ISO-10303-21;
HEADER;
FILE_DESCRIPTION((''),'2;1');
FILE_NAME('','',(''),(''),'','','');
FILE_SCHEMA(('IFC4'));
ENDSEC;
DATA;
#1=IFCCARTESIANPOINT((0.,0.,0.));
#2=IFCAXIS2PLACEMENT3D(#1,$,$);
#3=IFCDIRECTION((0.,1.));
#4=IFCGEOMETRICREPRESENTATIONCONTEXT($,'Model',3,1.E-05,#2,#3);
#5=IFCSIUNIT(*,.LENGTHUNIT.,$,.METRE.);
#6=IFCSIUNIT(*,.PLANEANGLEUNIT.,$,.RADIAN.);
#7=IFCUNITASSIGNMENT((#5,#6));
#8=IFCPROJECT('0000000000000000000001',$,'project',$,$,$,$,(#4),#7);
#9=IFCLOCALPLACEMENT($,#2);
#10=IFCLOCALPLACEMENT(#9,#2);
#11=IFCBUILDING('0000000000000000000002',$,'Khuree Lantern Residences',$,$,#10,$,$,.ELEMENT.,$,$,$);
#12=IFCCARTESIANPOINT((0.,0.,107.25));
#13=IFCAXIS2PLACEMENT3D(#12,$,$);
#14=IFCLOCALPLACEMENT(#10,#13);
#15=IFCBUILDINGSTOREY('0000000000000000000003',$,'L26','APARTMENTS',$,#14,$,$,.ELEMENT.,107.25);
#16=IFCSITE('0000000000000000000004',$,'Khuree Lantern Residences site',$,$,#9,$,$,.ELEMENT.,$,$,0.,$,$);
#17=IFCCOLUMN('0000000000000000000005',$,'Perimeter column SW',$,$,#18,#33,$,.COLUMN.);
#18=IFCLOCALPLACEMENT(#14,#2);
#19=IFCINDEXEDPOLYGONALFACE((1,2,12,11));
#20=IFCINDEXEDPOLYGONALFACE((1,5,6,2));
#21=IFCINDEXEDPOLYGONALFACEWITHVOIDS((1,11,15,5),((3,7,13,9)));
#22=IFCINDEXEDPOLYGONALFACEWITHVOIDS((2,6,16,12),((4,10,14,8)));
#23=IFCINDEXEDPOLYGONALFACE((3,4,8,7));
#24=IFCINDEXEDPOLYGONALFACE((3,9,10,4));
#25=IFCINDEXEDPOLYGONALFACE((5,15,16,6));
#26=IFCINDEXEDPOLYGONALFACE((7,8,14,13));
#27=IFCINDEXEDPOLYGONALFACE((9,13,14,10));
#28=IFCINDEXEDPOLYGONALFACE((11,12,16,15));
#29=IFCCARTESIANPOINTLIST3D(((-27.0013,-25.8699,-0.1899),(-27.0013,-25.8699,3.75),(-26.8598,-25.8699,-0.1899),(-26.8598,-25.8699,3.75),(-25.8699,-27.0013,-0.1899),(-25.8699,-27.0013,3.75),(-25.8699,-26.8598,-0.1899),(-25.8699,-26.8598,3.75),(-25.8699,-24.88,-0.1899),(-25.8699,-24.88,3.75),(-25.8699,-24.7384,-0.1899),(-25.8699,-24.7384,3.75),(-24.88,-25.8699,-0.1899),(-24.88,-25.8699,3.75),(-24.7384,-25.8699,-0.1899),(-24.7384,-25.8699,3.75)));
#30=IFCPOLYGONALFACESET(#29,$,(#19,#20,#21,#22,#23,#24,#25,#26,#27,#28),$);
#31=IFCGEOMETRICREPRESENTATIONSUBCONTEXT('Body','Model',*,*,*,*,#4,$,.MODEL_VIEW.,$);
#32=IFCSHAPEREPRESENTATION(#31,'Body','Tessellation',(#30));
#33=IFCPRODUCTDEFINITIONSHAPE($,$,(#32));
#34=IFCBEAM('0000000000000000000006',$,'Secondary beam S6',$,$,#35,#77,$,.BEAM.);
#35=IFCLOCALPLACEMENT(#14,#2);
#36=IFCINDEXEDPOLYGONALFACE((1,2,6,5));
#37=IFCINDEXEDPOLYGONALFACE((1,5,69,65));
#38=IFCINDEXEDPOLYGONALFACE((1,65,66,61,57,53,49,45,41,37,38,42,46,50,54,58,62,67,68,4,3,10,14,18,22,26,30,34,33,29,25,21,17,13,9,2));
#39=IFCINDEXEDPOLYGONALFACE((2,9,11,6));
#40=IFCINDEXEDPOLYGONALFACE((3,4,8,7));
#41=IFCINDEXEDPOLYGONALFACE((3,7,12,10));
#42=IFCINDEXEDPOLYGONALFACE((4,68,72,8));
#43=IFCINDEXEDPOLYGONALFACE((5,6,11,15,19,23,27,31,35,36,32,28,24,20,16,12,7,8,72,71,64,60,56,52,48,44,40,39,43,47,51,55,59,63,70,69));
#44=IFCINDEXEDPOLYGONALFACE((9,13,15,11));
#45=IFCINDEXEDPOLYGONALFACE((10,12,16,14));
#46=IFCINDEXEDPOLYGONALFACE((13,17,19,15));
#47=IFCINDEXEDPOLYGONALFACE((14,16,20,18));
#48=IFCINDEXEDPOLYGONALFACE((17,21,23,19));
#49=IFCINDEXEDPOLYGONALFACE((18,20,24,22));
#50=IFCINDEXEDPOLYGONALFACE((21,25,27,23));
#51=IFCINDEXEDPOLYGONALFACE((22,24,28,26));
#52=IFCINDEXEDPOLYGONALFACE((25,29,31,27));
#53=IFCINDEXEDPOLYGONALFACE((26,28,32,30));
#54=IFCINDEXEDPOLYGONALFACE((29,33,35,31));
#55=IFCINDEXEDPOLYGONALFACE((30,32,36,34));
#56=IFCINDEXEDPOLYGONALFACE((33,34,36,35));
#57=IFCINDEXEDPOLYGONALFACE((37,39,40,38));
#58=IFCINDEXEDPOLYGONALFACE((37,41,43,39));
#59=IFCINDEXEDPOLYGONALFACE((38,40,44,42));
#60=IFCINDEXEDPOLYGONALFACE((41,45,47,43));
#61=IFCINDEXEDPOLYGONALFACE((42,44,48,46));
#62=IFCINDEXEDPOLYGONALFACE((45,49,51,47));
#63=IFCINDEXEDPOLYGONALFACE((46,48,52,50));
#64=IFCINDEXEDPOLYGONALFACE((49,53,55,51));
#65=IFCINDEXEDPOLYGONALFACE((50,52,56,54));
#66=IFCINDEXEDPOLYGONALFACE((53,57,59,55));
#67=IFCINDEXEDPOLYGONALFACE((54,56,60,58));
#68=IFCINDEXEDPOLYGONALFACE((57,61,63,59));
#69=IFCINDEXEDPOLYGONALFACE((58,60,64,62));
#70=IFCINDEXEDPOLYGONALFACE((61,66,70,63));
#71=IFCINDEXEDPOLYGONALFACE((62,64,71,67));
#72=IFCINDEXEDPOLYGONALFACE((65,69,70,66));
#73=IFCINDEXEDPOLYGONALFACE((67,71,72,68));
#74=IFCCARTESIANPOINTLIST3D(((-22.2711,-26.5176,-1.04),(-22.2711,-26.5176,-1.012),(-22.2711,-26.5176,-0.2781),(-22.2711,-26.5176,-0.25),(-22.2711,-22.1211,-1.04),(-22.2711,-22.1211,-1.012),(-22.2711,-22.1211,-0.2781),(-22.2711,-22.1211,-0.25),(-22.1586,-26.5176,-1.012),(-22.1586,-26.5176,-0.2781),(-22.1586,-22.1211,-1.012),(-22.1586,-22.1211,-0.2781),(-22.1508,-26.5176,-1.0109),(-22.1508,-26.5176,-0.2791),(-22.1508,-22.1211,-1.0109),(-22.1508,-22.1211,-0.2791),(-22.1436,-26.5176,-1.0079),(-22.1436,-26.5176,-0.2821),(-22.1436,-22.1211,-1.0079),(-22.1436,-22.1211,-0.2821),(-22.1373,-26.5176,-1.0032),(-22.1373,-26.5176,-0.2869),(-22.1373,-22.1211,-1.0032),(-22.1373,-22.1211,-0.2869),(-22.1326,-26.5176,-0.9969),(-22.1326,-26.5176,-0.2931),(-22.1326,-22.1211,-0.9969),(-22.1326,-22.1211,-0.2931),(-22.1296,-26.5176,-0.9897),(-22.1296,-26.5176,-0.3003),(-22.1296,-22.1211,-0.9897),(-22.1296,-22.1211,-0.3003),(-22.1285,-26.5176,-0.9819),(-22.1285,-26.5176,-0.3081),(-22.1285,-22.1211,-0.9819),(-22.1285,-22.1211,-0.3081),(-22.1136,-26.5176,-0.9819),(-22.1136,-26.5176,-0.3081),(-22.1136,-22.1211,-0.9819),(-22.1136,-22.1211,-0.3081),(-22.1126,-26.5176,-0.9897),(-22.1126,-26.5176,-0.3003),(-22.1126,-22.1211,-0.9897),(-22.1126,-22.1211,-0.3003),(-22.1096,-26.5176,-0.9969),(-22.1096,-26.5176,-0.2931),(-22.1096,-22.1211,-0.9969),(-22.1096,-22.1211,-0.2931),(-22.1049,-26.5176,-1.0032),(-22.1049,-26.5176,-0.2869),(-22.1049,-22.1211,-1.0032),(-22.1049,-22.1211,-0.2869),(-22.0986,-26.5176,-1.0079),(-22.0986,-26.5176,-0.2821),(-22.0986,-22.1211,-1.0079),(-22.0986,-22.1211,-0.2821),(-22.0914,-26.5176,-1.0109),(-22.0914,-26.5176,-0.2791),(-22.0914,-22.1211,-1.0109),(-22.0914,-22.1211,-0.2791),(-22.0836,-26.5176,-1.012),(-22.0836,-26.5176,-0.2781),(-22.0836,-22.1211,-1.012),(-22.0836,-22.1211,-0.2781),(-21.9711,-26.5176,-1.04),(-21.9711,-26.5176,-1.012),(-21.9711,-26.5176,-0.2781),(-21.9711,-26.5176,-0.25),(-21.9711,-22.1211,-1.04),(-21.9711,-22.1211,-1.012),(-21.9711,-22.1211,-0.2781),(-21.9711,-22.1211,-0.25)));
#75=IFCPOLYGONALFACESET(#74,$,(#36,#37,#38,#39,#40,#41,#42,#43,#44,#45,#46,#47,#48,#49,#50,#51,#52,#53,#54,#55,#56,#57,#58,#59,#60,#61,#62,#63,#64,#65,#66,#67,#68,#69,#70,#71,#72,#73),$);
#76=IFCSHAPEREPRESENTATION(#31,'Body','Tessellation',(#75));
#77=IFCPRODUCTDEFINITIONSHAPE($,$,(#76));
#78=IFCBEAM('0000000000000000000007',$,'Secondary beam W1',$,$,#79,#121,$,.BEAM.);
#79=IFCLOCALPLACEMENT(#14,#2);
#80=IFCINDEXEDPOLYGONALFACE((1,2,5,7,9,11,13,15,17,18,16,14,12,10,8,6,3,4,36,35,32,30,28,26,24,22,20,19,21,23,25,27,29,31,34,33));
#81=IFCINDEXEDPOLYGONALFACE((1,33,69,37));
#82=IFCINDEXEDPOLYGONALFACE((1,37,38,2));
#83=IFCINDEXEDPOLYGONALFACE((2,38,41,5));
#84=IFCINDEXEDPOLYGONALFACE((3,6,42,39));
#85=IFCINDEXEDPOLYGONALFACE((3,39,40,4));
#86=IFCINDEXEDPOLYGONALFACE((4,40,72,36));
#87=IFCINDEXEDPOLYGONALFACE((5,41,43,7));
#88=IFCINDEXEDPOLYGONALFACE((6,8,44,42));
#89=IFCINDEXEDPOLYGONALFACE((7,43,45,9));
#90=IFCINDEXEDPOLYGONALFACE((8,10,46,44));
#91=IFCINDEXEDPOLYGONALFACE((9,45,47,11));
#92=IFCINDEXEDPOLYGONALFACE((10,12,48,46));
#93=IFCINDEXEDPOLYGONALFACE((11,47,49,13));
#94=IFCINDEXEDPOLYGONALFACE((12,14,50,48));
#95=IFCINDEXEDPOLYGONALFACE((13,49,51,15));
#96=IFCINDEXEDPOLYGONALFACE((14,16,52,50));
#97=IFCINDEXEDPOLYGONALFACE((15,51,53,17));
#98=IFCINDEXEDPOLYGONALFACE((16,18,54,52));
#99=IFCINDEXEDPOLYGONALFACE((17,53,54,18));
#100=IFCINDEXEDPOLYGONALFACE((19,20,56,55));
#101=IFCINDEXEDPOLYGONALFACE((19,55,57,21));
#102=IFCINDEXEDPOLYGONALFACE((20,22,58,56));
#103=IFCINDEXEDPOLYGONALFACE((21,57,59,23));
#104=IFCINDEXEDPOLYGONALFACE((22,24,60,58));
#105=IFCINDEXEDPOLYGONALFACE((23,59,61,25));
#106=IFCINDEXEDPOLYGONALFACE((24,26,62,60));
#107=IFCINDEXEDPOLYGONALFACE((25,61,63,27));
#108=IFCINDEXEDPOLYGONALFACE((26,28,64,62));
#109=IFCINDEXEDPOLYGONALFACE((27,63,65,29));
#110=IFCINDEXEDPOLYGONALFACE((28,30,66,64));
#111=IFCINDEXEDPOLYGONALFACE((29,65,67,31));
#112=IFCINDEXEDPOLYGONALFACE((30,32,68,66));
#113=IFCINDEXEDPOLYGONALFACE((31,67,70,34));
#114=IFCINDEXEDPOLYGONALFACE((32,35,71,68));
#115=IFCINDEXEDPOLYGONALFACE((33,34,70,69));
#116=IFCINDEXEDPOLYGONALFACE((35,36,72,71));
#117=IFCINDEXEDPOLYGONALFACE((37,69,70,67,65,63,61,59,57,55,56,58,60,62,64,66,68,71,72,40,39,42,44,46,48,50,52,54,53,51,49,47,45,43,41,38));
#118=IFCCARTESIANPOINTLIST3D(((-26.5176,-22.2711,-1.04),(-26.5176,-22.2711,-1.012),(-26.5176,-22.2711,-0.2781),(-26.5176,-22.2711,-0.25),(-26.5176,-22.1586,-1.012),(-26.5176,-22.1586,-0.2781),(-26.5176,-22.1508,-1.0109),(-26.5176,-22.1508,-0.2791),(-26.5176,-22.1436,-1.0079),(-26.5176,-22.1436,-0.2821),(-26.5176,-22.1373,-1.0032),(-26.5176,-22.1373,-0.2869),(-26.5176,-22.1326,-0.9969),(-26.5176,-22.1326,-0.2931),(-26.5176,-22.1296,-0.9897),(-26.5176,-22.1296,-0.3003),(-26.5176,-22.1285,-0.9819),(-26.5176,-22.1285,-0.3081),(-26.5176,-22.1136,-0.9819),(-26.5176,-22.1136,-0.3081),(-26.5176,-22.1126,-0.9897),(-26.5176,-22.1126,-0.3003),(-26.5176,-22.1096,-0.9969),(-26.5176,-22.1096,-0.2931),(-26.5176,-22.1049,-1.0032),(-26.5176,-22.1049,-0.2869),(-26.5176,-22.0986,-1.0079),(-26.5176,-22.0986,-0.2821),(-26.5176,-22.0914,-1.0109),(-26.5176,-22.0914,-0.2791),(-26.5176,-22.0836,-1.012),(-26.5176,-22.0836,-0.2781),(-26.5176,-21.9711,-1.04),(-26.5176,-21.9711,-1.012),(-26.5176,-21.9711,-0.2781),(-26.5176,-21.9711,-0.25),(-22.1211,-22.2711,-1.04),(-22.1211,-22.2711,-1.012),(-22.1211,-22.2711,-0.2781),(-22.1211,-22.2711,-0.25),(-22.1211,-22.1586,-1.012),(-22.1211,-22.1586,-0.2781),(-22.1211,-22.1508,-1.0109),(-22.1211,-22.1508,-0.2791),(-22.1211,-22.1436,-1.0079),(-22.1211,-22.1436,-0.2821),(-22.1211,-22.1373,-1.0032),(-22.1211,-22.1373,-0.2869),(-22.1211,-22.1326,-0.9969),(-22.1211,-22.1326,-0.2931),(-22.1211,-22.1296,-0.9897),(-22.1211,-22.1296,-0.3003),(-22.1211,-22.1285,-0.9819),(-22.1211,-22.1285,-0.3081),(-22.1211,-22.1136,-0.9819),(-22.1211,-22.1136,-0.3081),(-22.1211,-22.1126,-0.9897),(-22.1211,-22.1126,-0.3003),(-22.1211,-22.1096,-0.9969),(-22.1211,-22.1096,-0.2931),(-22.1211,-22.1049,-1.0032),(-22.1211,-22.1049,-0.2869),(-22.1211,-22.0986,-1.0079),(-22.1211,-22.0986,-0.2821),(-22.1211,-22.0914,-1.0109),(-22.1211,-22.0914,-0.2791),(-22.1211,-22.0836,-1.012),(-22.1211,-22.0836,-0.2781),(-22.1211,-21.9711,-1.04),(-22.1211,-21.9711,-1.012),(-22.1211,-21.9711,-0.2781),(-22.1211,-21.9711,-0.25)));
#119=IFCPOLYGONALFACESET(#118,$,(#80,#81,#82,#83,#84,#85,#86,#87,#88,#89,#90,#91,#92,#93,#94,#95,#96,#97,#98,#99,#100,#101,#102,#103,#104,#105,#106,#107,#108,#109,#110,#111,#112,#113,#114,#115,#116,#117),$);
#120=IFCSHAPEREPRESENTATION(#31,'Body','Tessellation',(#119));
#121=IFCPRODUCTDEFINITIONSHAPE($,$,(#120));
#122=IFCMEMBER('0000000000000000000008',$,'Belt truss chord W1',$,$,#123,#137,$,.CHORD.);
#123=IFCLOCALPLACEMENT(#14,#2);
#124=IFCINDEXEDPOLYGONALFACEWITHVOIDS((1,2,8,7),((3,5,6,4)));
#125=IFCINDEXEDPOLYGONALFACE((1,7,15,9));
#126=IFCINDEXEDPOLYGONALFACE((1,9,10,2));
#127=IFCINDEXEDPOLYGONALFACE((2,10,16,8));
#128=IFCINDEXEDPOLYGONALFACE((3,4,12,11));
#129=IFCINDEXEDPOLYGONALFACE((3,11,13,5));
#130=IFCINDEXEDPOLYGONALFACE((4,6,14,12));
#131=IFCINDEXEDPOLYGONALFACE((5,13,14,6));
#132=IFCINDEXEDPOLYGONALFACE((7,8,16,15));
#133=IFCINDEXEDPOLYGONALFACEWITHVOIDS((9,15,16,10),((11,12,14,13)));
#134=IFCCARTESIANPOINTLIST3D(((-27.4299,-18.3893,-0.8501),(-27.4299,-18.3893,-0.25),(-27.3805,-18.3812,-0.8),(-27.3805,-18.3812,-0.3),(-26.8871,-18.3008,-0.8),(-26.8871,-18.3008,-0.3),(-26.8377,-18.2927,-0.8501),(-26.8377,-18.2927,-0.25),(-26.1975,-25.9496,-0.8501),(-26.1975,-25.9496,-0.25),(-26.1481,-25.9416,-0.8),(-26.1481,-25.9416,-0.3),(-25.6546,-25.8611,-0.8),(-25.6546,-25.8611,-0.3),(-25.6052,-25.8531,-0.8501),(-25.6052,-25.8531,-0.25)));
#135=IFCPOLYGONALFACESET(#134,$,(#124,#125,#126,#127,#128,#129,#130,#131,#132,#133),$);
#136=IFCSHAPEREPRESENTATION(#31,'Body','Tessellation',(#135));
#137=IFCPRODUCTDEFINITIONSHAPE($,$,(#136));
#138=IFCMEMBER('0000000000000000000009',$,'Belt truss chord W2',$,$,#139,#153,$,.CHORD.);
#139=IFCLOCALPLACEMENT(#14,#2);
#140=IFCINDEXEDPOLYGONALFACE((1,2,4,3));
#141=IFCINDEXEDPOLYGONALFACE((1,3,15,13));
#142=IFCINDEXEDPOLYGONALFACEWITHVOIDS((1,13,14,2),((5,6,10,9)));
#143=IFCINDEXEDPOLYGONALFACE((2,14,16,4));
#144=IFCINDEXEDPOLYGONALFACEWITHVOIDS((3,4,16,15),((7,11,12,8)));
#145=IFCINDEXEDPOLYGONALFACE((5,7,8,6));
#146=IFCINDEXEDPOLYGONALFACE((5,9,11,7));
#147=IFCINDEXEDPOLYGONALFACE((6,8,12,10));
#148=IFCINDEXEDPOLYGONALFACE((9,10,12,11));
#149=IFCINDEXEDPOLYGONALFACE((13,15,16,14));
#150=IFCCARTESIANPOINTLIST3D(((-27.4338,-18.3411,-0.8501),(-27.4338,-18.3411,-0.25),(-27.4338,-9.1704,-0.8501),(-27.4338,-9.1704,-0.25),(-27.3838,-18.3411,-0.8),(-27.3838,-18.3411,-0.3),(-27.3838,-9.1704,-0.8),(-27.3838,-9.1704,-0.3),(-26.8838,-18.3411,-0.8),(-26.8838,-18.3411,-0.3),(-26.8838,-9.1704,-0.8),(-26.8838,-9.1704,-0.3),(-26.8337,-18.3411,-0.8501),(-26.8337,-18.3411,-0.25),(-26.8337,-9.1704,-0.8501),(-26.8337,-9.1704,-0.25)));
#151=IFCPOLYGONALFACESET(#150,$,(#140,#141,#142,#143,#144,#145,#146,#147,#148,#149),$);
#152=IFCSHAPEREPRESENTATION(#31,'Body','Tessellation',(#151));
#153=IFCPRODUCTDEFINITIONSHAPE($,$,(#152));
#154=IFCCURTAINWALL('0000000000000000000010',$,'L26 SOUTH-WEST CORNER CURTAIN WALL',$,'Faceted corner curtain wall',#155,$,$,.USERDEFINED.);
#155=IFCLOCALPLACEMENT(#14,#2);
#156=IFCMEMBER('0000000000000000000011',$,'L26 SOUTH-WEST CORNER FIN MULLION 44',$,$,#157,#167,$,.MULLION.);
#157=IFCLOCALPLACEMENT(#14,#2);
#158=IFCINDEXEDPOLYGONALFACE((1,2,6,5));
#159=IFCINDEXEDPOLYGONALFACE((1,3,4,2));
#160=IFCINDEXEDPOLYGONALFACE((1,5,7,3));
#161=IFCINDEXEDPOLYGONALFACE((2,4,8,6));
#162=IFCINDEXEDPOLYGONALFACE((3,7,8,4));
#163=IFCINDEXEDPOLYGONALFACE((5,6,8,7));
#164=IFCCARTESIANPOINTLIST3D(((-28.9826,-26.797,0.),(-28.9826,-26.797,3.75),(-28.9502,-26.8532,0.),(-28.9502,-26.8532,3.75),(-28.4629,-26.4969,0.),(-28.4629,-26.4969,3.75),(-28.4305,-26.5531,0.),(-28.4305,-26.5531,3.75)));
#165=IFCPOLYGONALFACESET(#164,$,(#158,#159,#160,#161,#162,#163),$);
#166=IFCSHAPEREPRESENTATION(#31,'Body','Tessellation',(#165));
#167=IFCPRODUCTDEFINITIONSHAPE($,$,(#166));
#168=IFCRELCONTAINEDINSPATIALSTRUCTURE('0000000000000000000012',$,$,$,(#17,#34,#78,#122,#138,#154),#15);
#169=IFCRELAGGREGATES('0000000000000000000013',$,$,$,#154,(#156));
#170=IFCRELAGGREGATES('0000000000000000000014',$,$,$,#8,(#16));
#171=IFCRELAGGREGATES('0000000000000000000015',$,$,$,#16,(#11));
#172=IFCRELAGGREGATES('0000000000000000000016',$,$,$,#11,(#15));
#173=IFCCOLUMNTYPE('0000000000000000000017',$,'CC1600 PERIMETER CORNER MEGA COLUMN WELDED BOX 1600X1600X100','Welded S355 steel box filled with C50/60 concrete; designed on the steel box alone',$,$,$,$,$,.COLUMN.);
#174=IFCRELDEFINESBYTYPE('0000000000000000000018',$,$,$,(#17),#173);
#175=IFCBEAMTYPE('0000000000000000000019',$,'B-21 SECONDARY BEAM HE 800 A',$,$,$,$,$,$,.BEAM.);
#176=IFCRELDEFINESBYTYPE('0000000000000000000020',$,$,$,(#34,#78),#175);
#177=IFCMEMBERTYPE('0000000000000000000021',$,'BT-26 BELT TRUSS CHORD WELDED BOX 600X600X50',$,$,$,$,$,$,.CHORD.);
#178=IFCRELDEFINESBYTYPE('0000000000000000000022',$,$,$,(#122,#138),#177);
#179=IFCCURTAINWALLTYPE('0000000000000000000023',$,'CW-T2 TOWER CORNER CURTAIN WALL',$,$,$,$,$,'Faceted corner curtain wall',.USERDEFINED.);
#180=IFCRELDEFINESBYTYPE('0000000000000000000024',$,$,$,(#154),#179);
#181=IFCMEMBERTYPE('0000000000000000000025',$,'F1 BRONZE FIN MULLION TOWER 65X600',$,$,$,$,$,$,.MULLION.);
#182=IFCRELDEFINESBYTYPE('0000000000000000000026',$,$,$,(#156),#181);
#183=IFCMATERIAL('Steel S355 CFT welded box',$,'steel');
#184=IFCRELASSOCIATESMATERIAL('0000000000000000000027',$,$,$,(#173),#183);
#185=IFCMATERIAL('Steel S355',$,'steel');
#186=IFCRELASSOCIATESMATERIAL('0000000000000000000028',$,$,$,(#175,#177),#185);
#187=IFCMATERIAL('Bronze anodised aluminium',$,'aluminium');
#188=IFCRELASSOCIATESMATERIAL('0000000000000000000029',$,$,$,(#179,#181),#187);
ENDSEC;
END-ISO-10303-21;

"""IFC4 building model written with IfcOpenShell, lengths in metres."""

from ifc_helpers import new_model, si_unit, direction, frame, origin, origin_2d, place, context, subcontext, project, spatial, rectangle, hollow_rectangle, i_section, extrude, material, material_profile, profile_set, type_object, element, aggregate, save


model = new_model("IFC4")

# Units and contexts
model_context = context("Model", 3, precision=1e-05, world=origin(), true_north=direction((0.0, 1.0)))
body_context = subcontext(model_context, "Body", "Model", "MODEL_VIEW")
ifc_project = project(units=[si_unit("LENGTHUNIT", "METRE"), si_unit("PLANEANGLEUNIT", "RADIAN")], contexts=[model_context])

# Site, building, storey
site_placement = place(None, origin())
site = spatial("IfcSite", under=ifc_project, at=site_placement, Name="Khuree Lantern Residences site", CompositionType="ELEMENT", RefElevation=0.0)
building_placement = place(site_placement, origin())
building = spatial("IfcBuilding", under=site, at=building_placement, Name="Khuree Lantern Residences", CompositionType="ELEMENT")
storey_placement = place(building_placement, frame((0.0, 0.0, 107.25)))
storey = spatial("IfcBuildingStorey", under=building, at=storey_placement, Name="L26", Description="APARTMENTS", CompositionType="ELEMENT", Elevation=107.25)

# Column
ifc_material_1 = material(Name="Steel S355 CFT welded box", Category="steel")
ifc_material_profile_1 = material_profile(ifc_material_1, hollow_rectangle(XDim=1.6001, YDim=1.6001, WallThickness=0.1001, at=origin_2d()), Name="WELDED BOX 1600X1600X100")
ifc_profile_set_1 = profile_set([ifc_material_profile_1], Name="Steel S355 CFT welded box")
column_type = type_object("IfcColumnType", Name="CC1600 PERIMETER CORNER MEGA COLUMN WELDED BOX 1600X1600X100", Description="Welded S355 steel box filled with C50/60 concrete; designed on the steel box alone", PredefinedType="COLUMN", material=ifc_profile_set_1)
column_placement = place(storey_placement, frame((-25.8699, -25.8699, -0.1899), z_axis=(0.0, 0.0, 1.0), x_axis=(0.707107, -0.707107, 0.0)))
element("IfcColumn", 1, at=column_placement, inside=storey, type_object=column_type, Name="Perimeter column SW", PredefinedType="COLUMN", context=body_context, shape_type="SweptSolid", body=[
    extrude(hollow_rectangle(XDim=1.6001, YDim=1.6001, WallThickness=0.1001, at=origin_2d()), origin(), (0.0, 0.0, 1.0), 3.9399),
])

# Beams
ifc_material_2 = material(Name="Steel S355", Category="steel")
ifc_material_profile_2 = material_profile(ifc_material_2, i_section(OverallWidth=0.3, OverallDepth=0.79, WebThickness=0.0149, FlangeThickness=0.0281, FilletRadius=0.03, at=origin_2d()), Name="HE 800 A")
ifc_profile_set_2 = profile_set([ifc_material_profile_2], Name="Steel S355")
beam_type_1 = type_object("IfcBeamType", Name="B-21 SECONDARY BEAM HE 800 A", PredefinedType="BEAM", material=ifc_profile_set_2)
for number, where, z_axis, x_axis, name in (
    (2, (-22.1211, -26.5176, -0.645), (0.0, 1.0, 0.0), (-1.0, 0.0, 0.0), "Secondary beam S6"),
    (3, (-26.5176, -22.1211, -0.645), (1.0, 0.0, 0.0), (0.0, 1.0, 0.0), "Secondary beam W1"),
):
    element("IfcBeam", number, at=place(storey_placement, frame(where, z_axis=z_axis, x_axis=x_axis)), inside=storey, type_object=beam_type_1, Name=name, PredefinedType="BEAM", context=body_context, shape_type="SweptSolid", body=[
        extrude(i_section(OverallWidth=0.3, OverallDepth=0.79, WebThickness=0.0149, FlangeThickness=0.0281, FilletRadius=0.03, at=origin_2d()), origin(), (0.0, 0.0, 1.0), 4.3965),
    ])

# Members
ifc_material_profile_3 = material_profile(ifc_material_2, hollow_rectangle(XDim=0.6001, YDim=0.6001, WallThickness=0.05, at=origin_2d()), Name="WELDED BOX 600X600X50")
ifc_profile_set_3 = profile_set([ifc_material_profile_3], Name="Steel S355")
member_type_1 = type_object("IfcMemberType", Name="BT-26 BELT TRUSS CHORD WELDED BOX 600X600X50", PredefinedType="CHORD", material=ifc_profile_set_3)
member_1_placement = place(storey_placement, frame((-25.9014, -25.9014, -0.55), z_axis=(-0.160889, 0.986973, 0.0), x_axis=(-0.986973, -0.160889, 0.0)))
element("IfcMember", 4, at=member_1_placement, inside=storey, type_object=member_type_1, Name="Belt truss chord W1", PredefinedType="CHORD", context=body_context, shape_type="SweptSolid", body=[
    extrude(hollow_rectangle(XDim=0.6001, YDim=0.6001, WallThickness=0.05, at=origin_2d()), origin(), (0.0, 0.0, 1.0), 7.6602),
])
member_2_placement = place(storey_placement, frame((-27.1338, -18.3411, -0.55), z_axis=(0.0, 1.0, 0.0), x_axis=(-1.0, 0.0, 0.0)))
element("IfcMember", 5, at=member_2_placement, inside=storey, type_object=member_type_1, Name="Belt truss chord W2", PredefinedType="CHORD", context=body_context, shape_type="SweptSolid", body=[
    extrude(hollow_rectangle(XDim=0.6001, YDim=0.6001, WallThickness=0.05, at=origin_2d()), origin(), (0.0, 0.0, 1.0), 9.1707),
])

# Curtain wall, member
ifc_material_3 = material(Name="Bronze anodised aluminium", Category="aluminium")
curtain_wall_type_1 = type_object("IfcCurtainWallType", Name="CW-T2 TOWER CORNER CURTAIN WALL", ElementType="Faceted corner curtain wall", PredefinedType="USERDEFINED", material=ifc_material_3)
curtain_wall_1_placement = place(storey_placement, origin())
curtain_wall_1 = element("IfcCurtainWall", 6, at=curtain_wall_1_placement, inside=storey, type_object=curtain_wall_type_1, Name="L26 SOUTH-WEST CORNER CURTAIN WALL", ObjectType="Faceted corner curtain wall", PredefinedType="USERDEFINED")
ifc_material_profile_4 = material_profile(ifc_material_3, rectangle(XDim=0.0649, YDim=0.6001, at=origin_2d()), Name="F1 65X600")
ifc_profile_set_4 = profile_set([ifc_material_profile_4], Name="Bronze anodised aluminium")
member_type_2 = type_object("IfcMemberType", Name="F1 BRONZE FIN MULLION TOWER 65X600", PredefinedType="MULLION", material=ifc_profile_set_4)
member_3_placement = place(storey_placement, frame((-28.7065, -26.675, 0.0), z_axis=(0.0, 0.0, 1.0), x_axis=(0.5, -0.866025, 0.0)))
member_3 = element("IfcMember", 7, at=member_3_placement, type_object=member_type_2, Name="L26 SOUTH-WEST CORNER FIN MULLION 44", PredefinedType="MULLION", context=body_context, shape_type="SweptSolid", body=[
    extrude(rectangle(XDim=0.0649, YDim=0.6001, at=origin_2d()), origin(), (0.0, 0.0, 1.0), 3.75),
])

aggregate(curtain_wall_1, [member_3])

save(model, "model.ifc")
